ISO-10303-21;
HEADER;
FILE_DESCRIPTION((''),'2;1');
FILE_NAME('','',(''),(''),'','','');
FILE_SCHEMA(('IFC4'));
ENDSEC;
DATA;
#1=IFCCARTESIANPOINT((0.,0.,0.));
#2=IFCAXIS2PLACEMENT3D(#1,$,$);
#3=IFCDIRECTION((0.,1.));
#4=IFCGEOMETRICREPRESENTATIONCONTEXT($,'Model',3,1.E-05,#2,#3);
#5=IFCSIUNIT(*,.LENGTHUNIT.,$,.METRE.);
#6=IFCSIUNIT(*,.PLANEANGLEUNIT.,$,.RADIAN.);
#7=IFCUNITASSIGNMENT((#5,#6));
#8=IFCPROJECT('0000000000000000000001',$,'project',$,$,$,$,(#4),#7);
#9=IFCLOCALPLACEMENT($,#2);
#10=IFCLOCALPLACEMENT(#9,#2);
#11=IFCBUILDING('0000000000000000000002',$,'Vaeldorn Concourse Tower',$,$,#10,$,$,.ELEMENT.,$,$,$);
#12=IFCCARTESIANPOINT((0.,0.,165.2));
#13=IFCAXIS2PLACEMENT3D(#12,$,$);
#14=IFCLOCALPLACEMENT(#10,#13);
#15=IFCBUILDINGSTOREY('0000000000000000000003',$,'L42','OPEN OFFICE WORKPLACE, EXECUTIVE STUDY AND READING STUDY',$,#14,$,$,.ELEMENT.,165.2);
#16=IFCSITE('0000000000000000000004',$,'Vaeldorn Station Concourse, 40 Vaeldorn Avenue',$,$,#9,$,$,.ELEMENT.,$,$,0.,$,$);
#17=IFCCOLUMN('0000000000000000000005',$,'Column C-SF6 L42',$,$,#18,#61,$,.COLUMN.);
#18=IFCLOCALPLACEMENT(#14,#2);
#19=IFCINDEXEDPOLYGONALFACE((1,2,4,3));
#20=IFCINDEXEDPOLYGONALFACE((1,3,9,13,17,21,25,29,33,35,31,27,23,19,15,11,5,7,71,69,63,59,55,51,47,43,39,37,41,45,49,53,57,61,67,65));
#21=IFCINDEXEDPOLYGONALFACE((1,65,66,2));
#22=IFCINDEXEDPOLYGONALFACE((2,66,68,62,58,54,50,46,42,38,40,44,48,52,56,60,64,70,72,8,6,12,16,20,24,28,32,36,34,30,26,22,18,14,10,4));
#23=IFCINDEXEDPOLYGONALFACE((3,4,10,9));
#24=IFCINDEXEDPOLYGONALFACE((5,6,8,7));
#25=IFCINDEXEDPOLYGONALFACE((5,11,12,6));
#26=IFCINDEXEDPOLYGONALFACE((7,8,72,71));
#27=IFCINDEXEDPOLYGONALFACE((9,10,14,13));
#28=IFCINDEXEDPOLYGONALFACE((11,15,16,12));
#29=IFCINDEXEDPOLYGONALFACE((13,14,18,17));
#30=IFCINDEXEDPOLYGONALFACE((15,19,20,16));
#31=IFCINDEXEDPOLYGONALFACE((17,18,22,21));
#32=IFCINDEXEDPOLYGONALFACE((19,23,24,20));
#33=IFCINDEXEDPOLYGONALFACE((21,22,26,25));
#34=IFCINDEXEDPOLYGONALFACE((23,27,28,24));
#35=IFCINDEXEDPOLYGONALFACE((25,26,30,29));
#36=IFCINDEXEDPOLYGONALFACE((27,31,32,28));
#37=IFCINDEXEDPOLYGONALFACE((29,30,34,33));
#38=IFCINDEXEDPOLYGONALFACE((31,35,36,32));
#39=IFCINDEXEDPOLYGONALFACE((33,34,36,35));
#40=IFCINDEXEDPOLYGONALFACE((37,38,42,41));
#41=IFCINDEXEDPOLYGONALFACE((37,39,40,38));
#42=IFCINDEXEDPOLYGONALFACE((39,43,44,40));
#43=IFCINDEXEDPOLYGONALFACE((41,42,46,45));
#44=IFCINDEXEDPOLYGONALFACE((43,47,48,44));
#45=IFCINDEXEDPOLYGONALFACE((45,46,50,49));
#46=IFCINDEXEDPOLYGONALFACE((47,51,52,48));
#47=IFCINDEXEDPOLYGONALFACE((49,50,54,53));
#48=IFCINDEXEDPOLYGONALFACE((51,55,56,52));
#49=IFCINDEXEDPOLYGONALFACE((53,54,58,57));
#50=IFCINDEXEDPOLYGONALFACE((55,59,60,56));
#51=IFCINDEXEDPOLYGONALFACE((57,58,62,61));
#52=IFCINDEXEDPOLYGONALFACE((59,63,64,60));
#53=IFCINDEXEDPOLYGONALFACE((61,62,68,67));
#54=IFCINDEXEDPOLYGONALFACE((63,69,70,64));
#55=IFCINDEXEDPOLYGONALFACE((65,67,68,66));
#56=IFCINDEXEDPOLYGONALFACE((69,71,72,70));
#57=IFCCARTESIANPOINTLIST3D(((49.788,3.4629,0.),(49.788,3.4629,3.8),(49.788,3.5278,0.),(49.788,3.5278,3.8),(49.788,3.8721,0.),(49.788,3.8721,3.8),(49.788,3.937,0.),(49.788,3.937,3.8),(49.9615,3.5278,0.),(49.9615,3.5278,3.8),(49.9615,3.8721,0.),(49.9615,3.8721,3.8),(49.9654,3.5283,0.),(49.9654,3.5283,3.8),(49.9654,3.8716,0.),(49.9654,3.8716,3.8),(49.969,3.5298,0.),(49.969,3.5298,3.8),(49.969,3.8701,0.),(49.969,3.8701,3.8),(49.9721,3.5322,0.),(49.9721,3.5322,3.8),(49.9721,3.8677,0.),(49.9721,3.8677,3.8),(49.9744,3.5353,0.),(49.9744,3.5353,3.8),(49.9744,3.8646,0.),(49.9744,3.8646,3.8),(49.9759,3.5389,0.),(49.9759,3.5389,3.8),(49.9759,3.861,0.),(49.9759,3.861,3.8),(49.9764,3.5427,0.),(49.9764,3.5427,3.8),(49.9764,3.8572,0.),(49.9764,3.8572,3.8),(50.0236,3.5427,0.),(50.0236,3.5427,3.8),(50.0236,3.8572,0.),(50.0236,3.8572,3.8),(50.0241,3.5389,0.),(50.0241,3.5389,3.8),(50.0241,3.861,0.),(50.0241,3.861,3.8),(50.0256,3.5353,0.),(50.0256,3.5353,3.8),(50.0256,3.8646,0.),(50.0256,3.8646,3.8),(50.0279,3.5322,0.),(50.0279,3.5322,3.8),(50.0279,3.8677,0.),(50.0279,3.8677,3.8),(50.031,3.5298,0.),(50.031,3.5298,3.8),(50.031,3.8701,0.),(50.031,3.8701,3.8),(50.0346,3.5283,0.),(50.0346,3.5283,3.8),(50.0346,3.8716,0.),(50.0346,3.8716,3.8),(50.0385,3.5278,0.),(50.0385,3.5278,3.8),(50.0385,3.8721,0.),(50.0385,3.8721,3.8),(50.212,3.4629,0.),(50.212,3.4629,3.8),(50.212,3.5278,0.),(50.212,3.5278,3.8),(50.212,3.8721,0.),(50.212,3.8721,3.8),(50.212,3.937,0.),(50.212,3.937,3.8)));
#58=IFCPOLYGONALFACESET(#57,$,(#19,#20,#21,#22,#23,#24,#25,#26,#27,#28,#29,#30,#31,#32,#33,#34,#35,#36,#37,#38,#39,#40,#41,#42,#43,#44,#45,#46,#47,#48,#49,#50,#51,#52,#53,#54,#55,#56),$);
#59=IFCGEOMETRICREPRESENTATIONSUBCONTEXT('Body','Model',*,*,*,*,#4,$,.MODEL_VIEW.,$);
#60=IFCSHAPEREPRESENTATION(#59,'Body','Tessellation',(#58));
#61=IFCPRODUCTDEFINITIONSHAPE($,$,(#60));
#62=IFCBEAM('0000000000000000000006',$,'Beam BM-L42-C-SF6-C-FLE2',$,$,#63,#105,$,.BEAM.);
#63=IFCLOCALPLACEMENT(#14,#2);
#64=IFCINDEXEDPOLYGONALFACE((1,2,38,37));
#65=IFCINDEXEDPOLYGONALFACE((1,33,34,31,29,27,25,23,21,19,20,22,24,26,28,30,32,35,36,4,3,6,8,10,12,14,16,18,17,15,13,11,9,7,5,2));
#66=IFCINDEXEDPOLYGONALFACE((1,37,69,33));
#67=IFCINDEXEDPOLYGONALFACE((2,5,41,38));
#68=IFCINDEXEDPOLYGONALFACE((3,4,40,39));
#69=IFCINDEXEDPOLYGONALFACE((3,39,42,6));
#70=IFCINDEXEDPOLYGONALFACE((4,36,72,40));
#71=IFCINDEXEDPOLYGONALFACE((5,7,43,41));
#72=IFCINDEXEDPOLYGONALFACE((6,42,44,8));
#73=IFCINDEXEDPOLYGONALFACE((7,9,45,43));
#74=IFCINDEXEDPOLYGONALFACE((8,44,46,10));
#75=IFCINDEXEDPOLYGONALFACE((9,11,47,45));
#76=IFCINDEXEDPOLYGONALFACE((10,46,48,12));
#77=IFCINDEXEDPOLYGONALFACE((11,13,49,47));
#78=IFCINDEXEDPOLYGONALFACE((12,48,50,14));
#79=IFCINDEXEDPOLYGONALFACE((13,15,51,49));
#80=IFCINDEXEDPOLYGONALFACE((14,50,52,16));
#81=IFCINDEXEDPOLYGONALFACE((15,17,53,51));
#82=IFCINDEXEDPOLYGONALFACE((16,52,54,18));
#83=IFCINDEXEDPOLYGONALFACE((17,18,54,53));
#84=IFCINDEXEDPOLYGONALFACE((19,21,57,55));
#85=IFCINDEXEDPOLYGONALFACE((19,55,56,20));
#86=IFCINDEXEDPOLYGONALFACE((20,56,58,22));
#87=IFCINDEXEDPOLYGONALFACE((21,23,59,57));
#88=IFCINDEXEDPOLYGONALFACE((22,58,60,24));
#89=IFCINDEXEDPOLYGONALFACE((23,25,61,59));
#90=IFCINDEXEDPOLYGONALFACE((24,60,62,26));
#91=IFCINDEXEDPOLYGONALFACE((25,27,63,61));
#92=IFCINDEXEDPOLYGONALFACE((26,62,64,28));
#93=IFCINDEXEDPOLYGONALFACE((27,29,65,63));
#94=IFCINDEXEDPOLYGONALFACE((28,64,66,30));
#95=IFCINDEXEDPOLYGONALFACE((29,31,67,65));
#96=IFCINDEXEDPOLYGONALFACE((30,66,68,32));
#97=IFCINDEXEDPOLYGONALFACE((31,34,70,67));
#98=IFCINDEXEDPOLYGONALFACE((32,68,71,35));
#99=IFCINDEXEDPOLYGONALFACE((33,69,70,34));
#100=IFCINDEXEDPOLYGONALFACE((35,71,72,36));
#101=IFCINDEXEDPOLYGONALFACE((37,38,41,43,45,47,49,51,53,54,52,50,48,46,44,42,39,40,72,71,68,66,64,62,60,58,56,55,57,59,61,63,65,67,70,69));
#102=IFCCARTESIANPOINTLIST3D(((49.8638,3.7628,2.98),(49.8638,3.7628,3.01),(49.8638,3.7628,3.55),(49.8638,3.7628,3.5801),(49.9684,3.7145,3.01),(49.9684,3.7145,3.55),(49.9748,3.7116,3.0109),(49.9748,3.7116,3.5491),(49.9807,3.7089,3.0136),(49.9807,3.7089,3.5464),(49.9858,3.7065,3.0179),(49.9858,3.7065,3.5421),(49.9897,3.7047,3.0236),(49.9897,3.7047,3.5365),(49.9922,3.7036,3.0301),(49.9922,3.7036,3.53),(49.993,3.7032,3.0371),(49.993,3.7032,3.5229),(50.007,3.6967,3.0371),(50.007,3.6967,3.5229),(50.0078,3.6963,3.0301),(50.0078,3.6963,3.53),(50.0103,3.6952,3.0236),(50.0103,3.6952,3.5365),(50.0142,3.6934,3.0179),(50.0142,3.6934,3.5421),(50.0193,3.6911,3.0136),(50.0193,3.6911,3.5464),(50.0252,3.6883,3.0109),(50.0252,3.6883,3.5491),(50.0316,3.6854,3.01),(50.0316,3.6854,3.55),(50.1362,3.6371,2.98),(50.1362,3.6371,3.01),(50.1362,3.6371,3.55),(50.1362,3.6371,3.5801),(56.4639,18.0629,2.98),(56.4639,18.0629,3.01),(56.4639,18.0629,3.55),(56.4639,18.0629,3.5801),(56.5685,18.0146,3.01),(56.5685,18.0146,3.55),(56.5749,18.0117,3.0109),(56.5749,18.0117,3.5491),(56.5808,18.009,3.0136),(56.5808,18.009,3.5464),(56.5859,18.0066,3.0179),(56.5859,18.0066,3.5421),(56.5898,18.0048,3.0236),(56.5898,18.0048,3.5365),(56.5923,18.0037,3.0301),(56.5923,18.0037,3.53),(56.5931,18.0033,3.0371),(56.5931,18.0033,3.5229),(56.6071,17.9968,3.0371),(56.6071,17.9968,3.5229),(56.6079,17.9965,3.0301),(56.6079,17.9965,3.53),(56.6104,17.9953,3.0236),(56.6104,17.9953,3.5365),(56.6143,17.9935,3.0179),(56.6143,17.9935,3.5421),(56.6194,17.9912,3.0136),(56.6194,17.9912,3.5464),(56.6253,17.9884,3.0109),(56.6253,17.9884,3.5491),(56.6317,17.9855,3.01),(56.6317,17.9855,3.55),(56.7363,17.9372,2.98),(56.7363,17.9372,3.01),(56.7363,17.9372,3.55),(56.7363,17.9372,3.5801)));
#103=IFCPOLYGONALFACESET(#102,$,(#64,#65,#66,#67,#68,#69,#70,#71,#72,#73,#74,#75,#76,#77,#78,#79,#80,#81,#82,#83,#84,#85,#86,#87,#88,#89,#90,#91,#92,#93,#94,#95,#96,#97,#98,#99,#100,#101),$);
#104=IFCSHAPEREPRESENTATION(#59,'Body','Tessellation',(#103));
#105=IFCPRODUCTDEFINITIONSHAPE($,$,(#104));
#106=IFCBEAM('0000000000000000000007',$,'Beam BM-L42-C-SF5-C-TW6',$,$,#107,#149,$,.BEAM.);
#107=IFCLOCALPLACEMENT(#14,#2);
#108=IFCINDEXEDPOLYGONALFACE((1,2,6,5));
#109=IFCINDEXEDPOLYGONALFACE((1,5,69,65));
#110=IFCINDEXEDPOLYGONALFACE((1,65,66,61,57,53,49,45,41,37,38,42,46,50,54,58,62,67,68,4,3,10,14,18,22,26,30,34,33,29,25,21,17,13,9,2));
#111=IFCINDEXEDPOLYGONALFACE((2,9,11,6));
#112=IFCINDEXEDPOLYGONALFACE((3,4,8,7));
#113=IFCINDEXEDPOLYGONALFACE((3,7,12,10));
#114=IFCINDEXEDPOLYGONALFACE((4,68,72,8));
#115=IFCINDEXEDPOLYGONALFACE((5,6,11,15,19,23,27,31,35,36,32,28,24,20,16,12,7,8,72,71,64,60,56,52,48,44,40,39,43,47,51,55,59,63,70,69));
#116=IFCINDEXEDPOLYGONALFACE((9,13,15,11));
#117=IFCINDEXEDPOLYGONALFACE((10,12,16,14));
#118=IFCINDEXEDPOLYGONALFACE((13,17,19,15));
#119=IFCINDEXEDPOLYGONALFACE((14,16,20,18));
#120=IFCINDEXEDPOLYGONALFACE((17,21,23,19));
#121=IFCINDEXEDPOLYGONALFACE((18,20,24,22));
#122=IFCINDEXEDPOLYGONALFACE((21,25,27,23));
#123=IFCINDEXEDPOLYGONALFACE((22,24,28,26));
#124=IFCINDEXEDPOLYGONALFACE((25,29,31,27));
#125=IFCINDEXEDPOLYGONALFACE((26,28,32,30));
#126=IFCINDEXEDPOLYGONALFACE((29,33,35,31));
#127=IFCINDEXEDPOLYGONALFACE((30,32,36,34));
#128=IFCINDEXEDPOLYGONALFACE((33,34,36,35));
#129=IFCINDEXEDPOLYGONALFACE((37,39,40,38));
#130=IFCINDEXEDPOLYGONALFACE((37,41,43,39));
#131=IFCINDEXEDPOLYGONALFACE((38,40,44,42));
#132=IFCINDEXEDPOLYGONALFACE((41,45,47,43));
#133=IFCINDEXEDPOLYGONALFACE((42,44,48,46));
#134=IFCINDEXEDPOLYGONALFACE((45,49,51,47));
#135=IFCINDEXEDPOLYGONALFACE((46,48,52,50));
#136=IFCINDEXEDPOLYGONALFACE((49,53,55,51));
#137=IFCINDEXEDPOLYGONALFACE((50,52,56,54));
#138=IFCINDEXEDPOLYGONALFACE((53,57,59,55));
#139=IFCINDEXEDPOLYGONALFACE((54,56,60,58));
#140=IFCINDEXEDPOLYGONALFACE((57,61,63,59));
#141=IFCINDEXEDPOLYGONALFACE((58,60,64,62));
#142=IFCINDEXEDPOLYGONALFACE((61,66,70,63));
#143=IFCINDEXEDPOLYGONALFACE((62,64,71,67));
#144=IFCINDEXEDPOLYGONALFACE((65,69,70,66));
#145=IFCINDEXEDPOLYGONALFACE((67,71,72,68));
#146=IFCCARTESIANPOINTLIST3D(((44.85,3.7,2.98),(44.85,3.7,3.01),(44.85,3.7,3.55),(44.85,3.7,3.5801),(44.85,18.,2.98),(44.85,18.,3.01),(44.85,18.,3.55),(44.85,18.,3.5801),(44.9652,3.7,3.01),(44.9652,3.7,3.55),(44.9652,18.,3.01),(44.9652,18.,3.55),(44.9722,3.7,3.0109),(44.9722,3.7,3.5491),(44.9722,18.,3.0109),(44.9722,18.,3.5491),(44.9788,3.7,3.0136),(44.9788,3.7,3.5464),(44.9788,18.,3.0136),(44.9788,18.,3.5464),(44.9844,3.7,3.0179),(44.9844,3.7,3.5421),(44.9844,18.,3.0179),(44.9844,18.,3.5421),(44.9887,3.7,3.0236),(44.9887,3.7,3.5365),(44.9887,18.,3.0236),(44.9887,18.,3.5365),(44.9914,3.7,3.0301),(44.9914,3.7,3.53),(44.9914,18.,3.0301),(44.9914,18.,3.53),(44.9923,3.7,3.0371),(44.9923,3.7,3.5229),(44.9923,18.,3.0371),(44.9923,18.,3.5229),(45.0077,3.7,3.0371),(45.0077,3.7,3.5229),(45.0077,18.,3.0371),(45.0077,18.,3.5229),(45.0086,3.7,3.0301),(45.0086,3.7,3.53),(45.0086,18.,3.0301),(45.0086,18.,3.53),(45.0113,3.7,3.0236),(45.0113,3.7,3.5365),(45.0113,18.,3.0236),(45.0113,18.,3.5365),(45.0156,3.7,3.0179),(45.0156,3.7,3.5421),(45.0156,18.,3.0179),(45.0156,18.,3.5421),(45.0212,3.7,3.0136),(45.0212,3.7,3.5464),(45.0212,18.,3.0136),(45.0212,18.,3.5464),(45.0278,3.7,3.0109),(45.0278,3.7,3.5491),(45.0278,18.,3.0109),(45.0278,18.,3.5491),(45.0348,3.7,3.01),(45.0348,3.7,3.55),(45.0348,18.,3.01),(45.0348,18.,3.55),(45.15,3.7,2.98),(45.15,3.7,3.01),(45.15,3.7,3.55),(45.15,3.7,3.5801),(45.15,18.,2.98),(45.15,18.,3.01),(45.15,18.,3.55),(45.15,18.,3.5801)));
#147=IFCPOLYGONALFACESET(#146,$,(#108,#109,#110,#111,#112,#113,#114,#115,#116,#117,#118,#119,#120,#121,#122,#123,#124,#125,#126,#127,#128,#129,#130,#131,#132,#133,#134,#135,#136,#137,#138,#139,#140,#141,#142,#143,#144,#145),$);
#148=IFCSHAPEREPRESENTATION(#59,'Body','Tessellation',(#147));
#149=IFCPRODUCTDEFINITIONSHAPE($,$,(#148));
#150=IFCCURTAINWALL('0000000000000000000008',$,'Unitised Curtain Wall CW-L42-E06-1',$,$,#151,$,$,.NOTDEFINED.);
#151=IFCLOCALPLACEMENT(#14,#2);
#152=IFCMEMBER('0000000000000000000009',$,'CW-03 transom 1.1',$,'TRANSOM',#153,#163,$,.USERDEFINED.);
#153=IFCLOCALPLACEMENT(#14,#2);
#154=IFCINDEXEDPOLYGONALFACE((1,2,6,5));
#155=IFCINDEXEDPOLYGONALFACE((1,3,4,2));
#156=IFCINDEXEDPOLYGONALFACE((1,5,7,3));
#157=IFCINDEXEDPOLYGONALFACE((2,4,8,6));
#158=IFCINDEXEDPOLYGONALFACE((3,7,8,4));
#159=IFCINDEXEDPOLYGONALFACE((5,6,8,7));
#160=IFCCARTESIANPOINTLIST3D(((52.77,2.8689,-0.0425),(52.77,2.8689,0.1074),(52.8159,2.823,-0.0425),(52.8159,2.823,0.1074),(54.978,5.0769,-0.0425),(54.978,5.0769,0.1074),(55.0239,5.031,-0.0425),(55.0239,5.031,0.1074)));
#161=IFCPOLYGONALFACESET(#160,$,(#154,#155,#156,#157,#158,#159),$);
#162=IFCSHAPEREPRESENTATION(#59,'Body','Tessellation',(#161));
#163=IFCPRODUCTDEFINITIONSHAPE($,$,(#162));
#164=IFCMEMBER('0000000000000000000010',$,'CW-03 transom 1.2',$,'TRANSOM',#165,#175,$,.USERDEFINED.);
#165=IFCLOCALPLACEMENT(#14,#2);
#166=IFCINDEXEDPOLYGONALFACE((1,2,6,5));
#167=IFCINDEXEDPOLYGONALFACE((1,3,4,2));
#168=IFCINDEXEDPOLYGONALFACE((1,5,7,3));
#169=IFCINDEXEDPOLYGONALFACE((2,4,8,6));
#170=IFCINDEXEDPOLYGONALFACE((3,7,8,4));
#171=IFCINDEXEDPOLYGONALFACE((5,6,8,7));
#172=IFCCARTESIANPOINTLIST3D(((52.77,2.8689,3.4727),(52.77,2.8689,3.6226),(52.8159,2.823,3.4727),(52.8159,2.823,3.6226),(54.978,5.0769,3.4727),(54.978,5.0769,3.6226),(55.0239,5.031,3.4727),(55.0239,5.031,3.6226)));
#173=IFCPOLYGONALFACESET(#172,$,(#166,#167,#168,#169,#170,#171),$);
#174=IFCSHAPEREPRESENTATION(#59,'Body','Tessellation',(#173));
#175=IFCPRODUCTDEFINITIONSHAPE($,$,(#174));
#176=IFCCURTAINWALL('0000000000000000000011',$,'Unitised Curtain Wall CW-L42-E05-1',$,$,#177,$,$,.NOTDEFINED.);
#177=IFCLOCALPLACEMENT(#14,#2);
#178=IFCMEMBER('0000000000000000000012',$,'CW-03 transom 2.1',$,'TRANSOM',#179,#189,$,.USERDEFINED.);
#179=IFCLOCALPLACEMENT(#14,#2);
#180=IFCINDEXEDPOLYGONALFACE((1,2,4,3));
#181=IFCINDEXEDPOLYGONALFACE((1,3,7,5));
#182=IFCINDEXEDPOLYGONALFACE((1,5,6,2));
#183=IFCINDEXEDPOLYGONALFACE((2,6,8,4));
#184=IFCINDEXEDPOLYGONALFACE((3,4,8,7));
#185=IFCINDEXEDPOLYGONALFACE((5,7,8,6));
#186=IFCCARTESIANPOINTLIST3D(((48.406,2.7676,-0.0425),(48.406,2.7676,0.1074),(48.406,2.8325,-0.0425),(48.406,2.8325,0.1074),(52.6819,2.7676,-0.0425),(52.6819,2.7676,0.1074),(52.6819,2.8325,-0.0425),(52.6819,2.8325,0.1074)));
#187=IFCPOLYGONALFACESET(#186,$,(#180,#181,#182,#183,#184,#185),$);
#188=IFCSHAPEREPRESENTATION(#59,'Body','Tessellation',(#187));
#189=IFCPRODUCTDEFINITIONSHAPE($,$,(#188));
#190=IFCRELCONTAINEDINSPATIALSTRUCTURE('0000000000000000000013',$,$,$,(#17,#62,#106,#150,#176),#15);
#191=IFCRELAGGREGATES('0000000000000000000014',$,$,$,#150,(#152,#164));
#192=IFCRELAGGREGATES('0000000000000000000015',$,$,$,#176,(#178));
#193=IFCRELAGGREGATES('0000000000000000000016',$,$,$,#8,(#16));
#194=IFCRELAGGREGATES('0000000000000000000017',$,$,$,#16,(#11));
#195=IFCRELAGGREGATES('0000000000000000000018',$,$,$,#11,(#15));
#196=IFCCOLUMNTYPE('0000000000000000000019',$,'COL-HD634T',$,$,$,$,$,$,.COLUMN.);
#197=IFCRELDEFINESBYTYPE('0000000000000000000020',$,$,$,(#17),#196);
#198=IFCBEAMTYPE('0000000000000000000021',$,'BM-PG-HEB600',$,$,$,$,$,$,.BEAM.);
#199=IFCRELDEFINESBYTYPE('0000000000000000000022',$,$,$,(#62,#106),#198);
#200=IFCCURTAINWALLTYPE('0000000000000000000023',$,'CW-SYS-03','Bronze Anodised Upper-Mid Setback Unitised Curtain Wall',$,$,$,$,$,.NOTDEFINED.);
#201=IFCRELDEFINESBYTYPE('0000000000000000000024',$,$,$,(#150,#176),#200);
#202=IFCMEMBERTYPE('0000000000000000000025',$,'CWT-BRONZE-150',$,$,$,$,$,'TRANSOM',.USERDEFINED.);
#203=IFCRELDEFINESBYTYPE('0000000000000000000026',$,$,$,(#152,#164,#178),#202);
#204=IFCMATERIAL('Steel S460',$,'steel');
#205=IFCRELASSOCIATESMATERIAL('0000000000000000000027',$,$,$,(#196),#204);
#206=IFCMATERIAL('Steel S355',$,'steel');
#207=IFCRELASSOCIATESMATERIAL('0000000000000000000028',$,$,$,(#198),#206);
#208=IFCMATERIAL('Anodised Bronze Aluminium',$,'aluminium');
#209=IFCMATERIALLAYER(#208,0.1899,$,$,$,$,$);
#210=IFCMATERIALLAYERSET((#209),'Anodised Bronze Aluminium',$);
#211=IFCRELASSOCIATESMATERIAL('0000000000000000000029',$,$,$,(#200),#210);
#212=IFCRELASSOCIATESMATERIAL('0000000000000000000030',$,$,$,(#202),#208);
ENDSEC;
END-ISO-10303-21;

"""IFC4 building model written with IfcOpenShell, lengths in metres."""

from ifc_helpers import new_model, si_unit, direction, frame, origin, origin_2d, place, context, subcontext, project, spatial, rectangle, i_section, extrude, source, transform, mapped, material, layer, layer_set, material_profile, profile_set, type_object, element, aggregate, save


model = new_model("IFC4")

# Units and contexts
model_context = context("Model", 3, precision=1e-05, world=origin(), true_north=direction((0.0, 1.0)))
body_context = subcontext(model_context, "Body", "Model", "MODEL_VIEW")
ifc_project = project(units=[si_unit("LENGTHUNIT", "METRE"), si_unit("PLANEANGLEUNIT", "RADIAN")], contexts=[model_context])

# Site, building, storey
site_placement = place(None, origin())
site = spatial("IfcSite", under=ifc_project, at=site_placement, Name="Vaeldorn Station Concourse, 40 Vaeldorn Avenue", CompositionType="ELEMENT", RefElevation=0.0)
building_placement = place(site_placement, origin())
building = spatial("IfcBuilding", under=site, at=building_placement, Name="Vaeldorn Concourse Tower", CompositionType="ELEMENT")
storey_placement = place(building_placement, frame((0.0, 0.0, 165.2)))
storey = spatial("IfcBuildingStorey", under=building, at=storey_placement, Name="L42", Description="OPEN OFFICE WORKPLACE, EXECUTIVE STUDY AND READING STUDY", CompositionType="ELEMENT", Elevation=165.2)

# Column
ifc_material_1 = material(Name="Steel S460", Category="steel")
ifc_material_profile_1 = material_profile(ifc_material_1, i_section(OverallWidth=0.4241, OverallDepth=0.4741, WebThickness=0.0471, FlangeThickness=0.0649, FilletRadius=0.0149, at=origin_2d()), Name="HD 400x634")
ifc_profile_set_1 = profile_set([ifc_material_profile_1], Name="Steel S460")
column_type = type_object("IfcColumnType", Name="COL-HD634T", PredefinedType="COLUMN", material=ifc_profile_set_1)
shared_shape_1 = source(origin(), body_context, "Body", "SweptSolid", [
    extrude(i_section(OverallWidth=0.4241, OverallDepth=0.4741, WebThickness=0.0471, FlangeThickness=0.0649, FilletRadius=0.0149, at=origin_2d()), origin(), (0.0, 0.0, 1.0), 3.8),
])
column_placement = place(storey_placement, frame((50.0, 3.7, 0.0), z_axis=(0.0, 0.0, 1.0), x_axis=(1.0, 0.0, 0.0)))
element("IfcColumn", 1, at=column_placement, inside=storey, type_object=column_type, Name="Column C-SF6 L42", PredefinedType="COLUMN", context=body_context, shape_type="MappedRepresentation", body=[
    mapped(shared_shape_1, transform((0.0, 0.0, 0.0), scale=1.0)),
])

# Beams
ifc_material_2 = material(Name="Steel S355", Category="steel")
ifc_material_profile_2 = material_profile(ifc_material_2, i_section(OverallWidth=0.3, OverallDepth=0.6001, WebThickness=0.0154, FlangeThickness=0.03, FilletRadius=0.0271, at=origin_2d()), Name="HEB 600")
ifc_profile_set_2 = profile_set([ifc_material_profile_2], Name="Steel S355")
beam_type = type_object("IfcBeamType", Name="BM-PG-HEB600", PredefinedType="BEAM", material=ifc_profile_set_2)
shared_shape_2 = source(origin(), body_context, "Body", "SweptSolid", [
    extrude(i_section(OverallWidth=0.3, OverallDepth=0.6001, WebThickness=0.0154, FlangeThickness=0.03, FilletRadius=0.0271, at=origin_2d()), origin(), (0.0, 0.0, 1.0), 15.7498),
])
beam_1_placement = place(storey_placement, frame((50.0, 3.7, 3.28), z_axis=(0.419062, 0.907958, 0.0), x_axis=(-0.907958, 0.419062, 0.0)))
element("IfcBeam", 2, at=beam_1_placement, inside=storey, type_object=beam_type, Name="Beam BM-L42-C-SF6-C-FLE2", PredefinedType="BEAM", context=body_context, shape_type="MappedRepresentation", body=[
    mapped(shared_shape_2, transform((0.0, 0.0, 0.0), scale=1.0)),
])
shared_shape_3 = source(origin(), body_context, "Body", "SweptSolid", [
    extrude(i_section(OverallWidth=0.3, OverallDepth=0.6001, WebThickness=0.0154, FlangeThickness=0.03, FilletRadius=0.0271, at=origin_2d()), origin(), (0.0, 0.0, 1.0), 14.3),
])
beam_2_placement = place(storey_placement, frame((45.0, 3.7, 3.28), z_axis=(0.0, 1.0, 0.0), x_axis=(-1.0, 0.0, 0.0)))
element("IfcBeam", 3, at=beam_2_placement, inside=storey, type_object=beam_type, Name="Beam BM-L42-C-SF5-C-TW6", PredefinedType="BEAM", context=body_context, shape_type="MappedRepresentation", body=[
    mapped(shared_shape_3, transform((0.0, 0.0, 0.0), scale=1.0)),
])

# Curtain walls, members
ifc_material_3 = material(Name="Anodised Bronze Aluminium", Category="aluminium")
ifc_layer_1 = layer(ifc_material_3, 0.1899)
ifc_layer_set_1 = layer_set([ifc_layer_1], Name="Anodised Bronze Aluminium")
curtain_wall_type = type_object("IfcCurtainWallType", Name="CW-SYS-03", Description="Bronze Anodised Upper-Mid Setback Unitised Curtain Wall", PredefinedType="NOTDEFINED", material=ifc_layer_set_1)
curtain_wall_1_placement = place(storey_placement, origin())
curtain_wall_1 = element("IfcCurtainWall", 4, at=curtain_wall_1_placement, inside=storey, type_object=curtain_wall_type, Name="Unitised Curtain Wall CW-L42-E06-1", PredefinedType="NOTDEFINED")
ifc_material_profile_3 = material_profile(ifc_material_3, rectangle(XDim=0.0649, YDim=0.1499, at=origin_2d()), Name="CWT 65x150")
ifc_profile_set_3 = profile_set([ifc_material_profile_3], Name="Anodised Bronze Aluminium")
member_type_1 = type_object("IfcMemberType", Name="CWT-BRONZE-150", ElementType="TRANSOM", PredefinedType="USERDEFINED", material=ifc_profile_set_3)
shared_shape_4 = source(origin(), body_context, "Body", "SweptSolid", [
    extrude(rectangle(XDim=0.0649, YDim=0.1499, at=origin_2d()), origin(), (0.0, 0.0, 1.0), 3.1226),
])
member_1_placement = place(storey_placement, frame((52.793, 2.8459, 0.0325), z_axis=(0.707107, 0.707107, 0.0), x_axis=(-0.707107, 0.707107, 0.0)))
member_1 = element("IfcMember", 5, at=member_1_placement, type_object=member_type_1, Name="CW-03 transom 1.1", ObjectType="TRANSOM", PredefinedType="USERDEFINED", context=body_context, shape_type="MappedRepresentation", body=[
    mapped(shared_shape_4, transform((0.0, 0.0, 0.0), scale=1.0)),
])
member_2_placement = place(storey_placement, frame((52.793, 2.8459, 3.5476), z_axis=(0.707107, 0.707107, 0.0), x_axis=(-0.707107, 0.707107, 0.0)))
member_2 = element("IfcMember", 6, at=member_2_placement, type_object=member_type_1, Name="CW-03 transom 1.2", ObjectType="TRANSOM", PredefinedType="USERDEFINED", context=body_context, shape_type="MappedRepresentation", body=[
    mapped(shared_shape_4, transform((0.0, 0.0, 0.0), scale=1.0)),
])
curtain_wall_2_placement = place(storey_placement, origin())
curtain_wall_2 = element("IfcCurtainWall", 7, at=curtain_wall_2_placement, inside=storey, type_object=curtain_wall_type, Name="Unitised Curtain Wall CW-L42-E05-1", PredefinedType="NOTDEFINED")
shared_shape_5 = source(origin(), body_context, "Body", "SweptSolid", [
    extrude(rectangle(XDim=0.0649, YDim=0.1499, at=origin_2d()), origin(), (0.0, 0.0, 1.0), 4.2759),
])
member_3_placement = place(storey_placement, frame((48.406, 2.8, 0.0325), z_axis=(1.0, 0.0, 0.0), x_axis=(0.0, 1.0, 0.0)))
member_3 = element("IfcMember", 8, at=member_3_placement, type_object=member_type_1, Name="CW-03 transom 2.1", ObjectType="TRANSOM", PredefinedType="USERDEFINED", context=body_context, shape_type="MappedRepresentation", body=[
    mapped(shared_shape_5, transform((0.0, 0.0, 0.0), scale=1.0)),
])

aggregate(curtain_wall_1, [member_1, member_2])
aggregate(curtain_wall_2, [member_3])

save(model, "model.ifc")
